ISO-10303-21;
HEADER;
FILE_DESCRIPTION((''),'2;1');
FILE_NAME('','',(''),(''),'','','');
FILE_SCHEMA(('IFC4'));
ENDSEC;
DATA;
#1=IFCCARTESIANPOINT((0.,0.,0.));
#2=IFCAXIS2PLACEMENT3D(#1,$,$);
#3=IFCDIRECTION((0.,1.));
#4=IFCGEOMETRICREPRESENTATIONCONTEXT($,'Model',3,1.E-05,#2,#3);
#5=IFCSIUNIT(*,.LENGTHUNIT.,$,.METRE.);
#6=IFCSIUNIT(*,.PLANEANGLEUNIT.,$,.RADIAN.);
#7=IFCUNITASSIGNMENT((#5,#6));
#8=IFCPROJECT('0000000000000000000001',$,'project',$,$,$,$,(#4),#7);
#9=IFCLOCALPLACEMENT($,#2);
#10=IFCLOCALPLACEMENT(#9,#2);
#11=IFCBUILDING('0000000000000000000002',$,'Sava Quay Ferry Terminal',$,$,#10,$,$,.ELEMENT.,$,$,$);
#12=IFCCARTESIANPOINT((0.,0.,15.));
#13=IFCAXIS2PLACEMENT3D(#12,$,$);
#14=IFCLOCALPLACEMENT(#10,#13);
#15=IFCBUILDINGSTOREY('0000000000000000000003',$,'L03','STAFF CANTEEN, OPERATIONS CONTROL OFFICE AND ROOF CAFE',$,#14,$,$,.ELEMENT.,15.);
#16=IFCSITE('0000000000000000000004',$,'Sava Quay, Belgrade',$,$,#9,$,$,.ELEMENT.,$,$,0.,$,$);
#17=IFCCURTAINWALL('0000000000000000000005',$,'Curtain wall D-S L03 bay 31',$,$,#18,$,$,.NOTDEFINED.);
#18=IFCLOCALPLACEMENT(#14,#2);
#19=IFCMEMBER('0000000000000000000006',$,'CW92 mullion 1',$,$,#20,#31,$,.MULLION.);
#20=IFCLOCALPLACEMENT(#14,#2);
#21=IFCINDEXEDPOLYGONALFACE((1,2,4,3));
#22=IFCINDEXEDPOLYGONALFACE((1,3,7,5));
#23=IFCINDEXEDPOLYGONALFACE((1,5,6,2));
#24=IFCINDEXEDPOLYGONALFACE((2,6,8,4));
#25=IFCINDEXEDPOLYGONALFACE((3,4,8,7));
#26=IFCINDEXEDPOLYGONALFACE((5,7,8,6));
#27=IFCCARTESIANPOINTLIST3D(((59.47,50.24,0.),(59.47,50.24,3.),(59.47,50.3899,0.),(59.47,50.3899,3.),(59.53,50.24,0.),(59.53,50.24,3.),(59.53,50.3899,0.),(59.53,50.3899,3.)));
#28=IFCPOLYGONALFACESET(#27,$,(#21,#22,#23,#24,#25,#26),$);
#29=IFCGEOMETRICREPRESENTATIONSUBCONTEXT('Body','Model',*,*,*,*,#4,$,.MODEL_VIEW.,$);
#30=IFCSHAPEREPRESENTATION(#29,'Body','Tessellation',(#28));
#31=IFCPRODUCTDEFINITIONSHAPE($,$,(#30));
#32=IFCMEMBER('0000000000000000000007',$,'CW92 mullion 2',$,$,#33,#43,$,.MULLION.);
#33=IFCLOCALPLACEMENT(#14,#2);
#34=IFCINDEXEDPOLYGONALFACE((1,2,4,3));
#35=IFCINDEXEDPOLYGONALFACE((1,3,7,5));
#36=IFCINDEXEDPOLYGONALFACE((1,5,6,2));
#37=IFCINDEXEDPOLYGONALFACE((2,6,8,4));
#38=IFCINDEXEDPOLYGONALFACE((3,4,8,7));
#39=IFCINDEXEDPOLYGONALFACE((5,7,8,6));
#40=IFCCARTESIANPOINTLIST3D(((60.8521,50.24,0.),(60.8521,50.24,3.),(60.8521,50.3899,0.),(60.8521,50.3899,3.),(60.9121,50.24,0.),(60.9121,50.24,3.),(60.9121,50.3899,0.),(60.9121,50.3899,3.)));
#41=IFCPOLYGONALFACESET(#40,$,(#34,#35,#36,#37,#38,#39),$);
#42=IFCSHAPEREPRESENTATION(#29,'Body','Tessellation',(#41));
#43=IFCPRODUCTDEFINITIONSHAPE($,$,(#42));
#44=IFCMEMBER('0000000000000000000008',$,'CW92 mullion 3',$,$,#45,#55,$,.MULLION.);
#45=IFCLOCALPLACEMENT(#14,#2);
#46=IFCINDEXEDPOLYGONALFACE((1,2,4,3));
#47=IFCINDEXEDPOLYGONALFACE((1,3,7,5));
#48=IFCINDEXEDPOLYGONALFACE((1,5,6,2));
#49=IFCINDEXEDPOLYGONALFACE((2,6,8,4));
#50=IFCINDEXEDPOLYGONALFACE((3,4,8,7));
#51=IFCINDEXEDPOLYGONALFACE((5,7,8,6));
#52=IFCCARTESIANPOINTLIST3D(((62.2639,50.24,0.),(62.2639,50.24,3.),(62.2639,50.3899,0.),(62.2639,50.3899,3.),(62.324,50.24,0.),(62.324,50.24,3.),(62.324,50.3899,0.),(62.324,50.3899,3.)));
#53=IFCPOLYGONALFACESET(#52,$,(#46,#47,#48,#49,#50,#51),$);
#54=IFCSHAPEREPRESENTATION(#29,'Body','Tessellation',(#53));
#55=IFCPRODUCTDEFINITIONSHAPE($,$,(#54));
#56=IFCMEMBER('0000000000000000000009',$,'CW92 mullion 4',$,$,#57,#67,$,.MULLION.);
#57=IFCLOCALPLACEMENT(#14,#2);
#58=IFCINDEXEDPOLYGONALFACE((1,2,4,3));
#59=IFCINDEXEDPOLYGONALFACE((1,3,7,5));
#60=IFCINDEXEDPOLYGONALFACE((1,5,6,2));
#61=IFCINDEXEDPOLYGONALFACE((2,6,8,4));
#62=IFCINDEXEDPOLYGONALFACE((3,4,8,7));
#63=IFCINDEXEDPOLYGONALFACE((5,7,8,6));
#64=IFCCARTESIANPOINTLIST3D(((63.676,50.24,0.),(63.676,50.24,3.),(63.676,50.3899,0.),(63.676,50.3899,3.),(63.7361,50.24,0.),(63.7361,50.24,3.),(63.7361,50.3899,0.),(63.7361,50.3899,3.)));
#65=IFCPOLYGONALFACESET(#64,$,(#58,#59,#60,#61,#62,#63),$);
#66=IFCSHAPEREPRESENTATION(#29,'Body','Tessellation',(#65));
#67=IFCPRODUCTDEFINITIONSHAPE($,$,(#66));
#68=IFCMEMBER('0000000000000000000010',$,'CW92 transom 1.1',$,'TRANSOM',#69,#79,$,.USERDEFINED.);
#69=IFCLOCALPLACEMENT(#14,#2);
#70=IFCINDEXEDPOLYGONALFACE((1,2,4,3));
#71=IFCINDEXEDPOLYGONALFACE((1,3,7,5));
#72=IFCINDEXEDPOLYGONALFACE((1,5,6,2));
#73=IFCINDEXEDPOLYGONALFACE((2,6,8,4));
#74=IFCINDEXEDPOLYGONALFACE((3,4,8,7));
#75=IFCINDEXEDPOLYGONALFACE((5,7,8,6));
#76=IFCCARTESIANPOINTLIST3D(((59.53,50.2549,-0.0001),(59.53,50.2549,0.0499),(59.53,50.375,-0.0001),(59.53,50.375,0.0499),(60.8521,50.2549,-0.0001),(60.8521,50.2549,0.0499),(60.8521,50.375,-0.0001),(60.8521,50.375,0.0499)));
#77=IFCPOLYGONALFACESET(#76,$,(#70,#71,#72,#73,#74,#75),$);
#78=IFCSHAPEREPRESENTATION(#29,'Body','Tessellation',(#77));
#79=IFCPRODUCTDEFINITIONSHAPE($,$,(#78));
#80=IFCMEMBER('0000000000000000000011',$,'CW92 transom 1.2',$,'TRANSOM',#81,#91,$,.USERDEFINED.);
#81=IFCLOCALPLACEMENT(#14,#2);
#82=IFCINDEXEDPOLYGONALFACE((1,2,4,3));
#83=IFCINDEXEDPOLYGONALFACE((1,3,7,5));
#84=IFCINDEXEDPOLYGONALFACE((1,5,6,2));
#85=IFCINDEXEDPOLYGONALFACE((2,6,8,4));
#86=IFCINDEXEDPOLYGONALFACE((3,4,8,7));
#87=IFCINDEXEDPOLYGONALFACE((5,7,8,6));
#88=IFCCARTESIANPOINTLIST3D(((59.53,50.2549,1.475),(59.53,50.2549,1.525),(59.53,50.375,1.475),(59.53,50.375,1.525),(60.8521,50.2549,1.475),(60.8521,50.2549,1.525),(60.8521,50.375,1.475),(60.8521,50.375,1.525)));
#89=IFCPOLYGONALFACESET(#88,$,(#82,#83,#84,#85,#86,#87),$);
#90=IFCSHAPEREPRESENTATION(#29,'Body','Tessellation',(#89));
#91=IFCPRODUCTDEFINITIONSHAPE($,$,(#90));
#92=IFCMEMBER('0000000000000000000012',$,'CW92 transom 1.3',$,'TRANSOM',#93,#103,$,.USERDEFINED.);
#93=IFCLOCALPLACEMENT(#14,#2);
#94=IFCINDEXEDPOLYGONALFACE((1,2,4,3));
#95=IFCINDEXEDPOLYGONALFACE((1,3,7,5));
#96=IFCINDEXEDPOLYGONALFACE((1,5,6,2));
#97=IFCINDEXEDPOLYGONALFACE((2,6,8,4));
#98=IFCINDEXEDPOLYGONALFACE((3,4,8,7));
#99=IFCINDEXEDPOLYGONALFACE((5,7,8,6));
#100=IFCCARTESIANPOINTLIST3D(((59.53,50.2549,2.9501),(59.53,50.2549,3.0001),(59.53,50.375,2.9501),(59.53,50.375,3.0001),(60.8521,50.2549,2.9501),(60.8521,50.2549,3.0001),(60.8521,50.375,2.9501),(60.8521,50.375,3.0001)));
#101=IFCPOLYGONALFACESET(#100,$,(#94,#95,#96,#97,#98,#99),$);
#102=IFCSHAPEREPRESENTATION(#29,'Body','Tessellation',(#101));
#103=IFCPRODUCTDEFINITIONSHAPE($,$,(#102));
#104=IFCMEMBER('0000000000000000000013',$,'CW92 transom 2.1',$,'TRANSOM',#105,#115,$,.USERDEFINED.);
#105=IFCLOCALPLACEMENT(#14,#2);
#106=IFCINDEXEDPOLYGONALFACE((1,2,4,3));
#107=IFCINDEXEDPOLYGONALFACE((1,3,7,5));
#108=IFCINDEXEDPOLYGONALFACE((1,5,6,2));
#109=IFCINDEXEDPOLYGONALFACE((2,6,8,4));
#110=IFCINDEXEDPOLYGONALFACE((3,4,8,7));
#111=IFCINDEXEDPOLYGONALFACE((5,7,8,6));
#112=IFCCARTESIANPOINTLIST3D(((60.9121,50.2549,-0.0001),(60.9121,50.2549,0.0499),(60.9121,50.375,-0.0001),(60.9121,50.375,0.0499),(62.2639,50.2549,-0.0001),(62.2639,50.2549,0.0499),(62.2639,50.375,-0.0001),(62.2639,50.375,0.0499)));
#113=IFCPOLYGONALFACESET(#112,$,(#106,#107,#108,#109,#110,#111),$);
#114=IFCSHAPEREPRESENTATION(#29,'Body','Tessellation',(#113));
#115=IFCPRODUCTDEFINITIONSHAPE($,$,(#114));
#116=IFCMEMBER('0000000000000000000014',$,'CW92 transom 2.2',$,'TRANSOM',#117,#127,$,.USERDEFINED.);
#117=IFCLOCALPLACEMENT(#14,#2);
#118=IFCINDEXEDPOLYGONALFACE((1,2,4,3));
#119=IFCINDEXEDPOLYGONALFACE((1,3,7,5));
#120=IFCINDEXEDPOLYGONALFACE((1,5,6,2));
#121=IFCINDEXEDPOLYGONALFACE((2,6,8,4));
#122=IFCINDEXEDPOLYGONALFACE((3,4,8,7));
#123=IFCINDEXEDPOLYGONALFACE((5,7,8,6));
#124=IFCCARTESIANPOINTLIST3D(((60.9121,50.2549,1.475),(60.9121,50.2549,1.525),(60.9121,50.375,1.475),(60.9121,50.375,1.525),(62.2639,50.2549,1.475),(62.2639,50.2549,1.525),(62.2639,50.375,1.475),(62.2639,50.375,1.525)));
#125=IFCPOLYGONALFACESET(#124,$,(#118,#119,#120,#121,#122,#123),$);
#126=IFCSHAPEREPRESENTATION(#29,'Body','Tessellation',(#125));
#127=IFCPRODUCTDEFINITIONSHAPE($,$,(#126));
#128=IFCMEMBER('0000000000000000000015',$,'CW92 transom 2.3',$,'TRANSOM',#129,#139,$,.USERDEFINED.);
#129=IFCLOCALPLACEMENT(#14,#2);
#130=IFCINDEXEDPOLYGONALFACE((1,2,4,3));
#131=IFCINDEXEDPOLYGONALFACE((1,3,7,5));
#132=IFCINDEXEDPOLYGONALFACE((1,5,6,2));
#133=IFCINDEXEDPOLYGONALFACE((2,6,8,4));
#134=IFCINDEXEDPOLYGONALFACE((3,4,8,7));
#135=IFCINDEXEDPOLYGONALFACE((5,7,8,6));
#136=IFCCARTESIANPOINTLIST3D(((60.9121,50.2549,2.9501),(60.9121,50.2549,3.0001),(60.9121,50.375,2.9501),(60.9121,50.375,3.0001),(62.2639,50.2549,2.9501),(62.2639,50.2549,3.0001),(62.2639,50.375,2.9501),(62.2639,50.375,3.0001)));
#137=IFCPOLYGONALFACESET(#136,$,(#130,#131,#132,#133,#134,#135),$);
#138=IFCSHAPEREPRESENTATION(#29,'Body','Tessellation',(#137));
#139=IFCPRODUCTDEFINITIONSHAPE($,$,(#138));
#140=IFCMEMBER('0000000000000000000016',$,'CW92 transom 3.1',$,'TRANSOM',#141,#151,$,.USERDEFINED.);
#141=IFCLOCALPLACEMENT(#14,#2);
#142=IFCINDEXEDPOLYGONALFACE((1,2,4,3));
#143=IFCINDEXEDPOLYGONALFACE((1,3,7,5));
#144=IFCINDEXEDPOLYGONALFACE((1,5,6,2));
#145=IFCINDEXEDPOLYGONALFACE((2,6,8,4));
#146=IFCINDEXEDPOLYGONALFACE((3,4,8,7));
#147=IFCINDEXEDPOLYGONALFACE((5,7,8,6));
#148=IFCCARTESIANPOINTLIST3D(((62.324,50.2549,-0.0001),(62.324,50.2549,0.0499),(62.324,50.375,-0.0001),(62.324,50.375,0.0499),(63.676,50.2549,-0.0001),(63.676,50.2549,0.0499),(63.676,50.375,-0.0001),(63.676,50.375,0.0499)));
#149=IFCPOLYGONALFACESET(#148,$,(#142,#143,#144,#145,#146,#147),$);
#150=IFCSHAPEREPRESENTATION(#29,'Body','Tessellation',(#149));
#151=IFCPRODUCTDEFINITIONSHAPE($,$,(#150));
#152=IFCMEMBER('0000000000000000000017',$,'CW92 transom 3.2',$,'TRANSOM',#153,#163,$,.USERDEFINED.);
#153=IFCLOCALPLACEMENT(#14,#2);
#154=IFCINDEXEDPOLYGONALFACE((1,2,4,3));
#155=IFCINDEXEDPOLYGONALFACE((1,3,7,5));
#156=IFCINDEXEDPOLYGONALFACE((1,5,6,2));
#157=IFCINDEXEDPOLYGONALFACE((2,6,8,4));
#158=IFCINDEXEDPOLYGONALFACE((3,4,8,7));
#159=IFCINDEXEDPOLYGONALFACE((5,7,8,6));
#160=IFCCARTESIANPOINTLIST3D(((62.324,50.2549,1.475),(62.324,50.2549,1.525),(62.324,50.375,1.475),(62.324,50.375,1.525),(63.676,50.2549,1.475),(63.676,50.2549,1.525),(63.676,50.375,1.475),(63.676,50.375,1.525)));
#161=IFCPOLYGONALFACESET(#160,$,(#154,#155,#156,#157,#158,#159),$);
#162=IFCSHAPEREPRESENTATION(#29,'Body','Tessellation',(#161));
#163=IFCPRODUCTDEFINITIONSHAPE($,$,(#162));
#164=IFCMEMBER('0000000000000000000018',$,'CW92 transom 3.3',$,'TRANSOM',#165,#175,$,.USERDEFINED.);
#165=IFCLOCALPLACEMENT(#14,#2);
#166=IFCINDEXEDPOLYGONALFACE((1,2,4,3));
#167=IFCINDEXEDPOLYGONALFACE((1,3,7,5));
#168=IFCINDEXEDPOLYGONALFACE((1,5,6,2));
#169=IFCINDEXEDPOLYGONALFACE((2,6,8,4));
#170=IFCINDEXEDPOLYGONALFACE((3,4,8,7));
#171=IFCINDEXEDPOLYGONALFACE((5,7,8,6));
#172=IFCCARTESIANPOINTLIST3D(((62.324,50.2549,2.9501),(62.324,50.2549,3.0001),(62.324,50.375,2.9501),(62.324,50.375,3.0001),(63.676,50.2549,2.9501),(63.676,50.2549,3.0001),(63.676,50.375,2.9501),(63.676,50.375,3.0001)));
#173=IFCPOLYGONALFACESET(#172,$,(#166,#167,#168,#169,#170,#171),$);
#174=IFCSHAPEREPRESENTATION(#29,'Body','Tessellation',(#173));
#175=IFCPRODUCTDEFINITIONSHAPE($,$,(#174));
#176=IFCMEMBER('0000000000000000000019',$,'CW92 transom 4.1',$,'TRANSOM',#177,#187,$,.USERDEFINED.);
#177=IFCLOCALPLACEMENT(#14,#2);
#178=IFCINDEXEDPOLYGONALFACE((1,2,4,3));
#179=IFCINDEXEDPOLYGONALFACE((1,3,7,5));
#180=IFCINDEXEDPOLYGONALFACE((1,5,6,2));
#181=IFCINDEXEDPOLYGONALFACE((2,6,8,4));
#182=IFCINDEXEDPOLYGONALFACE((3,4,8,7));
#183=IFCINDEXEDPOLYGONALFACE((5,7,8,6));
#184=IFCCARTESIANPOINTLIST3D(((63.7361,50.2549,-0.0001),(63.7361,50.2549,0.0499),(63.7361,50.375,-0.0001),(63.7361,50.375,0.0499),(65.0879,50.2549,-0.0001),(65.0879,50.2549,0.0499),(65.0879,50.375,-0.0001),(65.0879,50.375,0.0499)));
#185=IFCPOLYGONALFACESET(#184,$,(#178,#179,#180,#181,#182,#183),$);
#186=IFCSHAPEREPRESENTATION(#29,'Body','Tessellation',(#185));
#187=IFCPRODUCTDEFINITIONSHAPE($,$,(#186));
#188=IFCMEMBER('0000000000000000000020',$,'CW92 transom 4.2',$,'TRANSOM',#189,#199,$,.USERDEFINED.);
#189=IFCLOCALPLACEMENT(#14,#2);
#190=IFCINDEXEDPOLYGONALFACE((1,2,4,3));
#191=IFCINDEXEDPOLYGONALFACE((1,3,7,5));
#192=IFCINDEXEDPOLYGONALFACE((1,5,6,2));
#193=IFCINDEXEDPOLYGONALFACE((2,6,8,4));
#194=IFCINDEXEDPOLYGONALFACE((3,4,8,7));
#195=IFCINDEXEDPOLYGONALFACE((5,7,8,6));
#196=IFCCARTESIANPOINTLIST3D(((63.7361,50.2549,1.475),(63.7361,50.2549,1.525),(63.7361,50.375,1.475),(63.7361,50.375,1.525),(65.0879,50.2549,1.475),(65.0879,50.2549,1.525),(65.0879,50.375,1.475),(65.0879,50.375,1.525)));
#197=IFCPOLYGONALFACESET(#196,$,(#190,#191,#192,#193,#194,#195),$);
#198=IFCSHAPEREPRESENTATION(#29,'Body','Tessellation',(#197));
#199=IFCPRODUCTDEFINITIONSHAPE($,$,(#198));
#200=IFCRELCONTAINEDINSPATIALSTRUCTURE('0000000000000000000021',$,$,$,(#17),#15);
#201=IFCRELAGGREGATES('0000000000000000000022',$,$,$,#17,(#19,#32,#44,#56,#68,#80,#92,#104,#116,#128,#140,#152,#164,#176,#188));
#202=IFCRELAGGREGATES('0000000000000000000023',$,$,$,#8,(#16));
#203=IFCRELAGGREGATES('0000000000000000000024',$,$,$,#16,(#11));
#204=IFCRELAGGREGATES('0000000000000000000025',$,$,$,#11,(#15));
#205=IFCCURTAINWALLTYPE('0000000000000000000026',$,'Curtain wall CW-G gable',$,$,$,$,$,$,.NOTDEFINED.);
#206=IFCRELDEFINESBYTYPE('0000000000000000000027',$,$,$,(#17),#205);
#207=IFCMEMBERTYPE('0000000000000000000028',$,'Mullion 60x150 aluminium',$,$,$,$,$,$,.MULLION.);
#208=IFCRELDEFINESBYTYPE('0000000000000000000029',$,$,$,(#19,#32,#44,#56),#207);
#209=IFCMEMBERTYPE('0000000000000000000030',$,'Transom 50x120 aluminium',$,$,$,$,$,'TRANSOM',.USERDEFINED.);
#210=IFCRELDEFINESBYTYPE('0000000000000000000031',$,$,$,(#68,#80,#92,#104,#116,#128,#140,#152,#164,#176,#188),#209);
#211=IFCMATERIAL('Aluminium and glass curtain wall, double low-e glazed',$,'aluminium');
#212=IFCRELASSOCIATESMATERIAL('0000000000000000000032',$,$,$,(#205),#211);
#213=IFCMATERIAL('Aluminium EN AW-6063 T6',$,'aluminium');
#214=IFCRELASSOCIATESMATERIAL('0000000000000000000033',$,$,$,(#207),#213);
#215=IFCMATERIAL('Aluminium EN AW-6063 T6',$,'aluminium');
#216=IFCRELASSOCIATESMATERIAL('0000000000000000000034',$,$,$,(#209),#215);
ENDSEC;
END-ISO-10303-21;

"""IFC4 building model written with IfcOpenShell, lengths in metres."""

from ifc_helpers import new_model, si_unit, direction, frame, origin, origin_2d, place, context, subcontext, project, spatial, rectangle, extrude, material, material_profile, profile_set, type_object, element, aggregate, save


model = new_model("IFC4")

# Units and contexts
model_context = context("Model", 3, precision=1e-05, world=origin(), true_north=direction((0.0, 1.0)))
body_context = subcontext(model_context, "Body", "Model", "MODEL_VIEW")
ifc_project = project(units=[si_unit("LENGTHUNIT", "METRE"), si_unit("PLANEANGLEUNIT", "RADIAN")], contexts=[model_context])

# Site, building, storey
site_placement = place(None, origin())
site = spatial("IfcSite", under=ifc_project, at=site_placement, Name="Sava Quay, Belgrade", CompositionType="ELEMENT", RefElevation=0.0)
building_placement = place(site_placement, origin())
building = spatial("IfcBuilding", under=site, at=building_placement, Name="Sava Quay Ferry Terminal", CompositionType="ELEMENT")
storey_placement = place(building_placement, frame((0.0, 0.0, 15.0)))
storey = spatial("IfcBuildingStorey", under=building, at=storey_placement, Name="L03", Description="STAFF CANTEEN, OPERATIONS CONTROL OFFICE AND ROOF CAFE", CompositionType="ELEMENT", Elevation=15.0)

# Curtain wall, members
ifc_material_1 = material(Name="Aluminium and glass curtain wall, double low-e glazed", Category="aluminium")
curtain_wall_type = type_object("IfcCurtainWallType", Name="Curtain wall CW-G gable", PredefinedType="NOTDEFINED", material=ifc_material_1)
curtain_wall_placement = place(storey_placement, origin())
curtain_wall = element("IfcCurtainWall", 1, at=curtain_wall_placement, inside=storey, type_object=curtain_wall_type, Name="Curtain wall D-S L03 bay 31", PredefinedType="NOTDEFINED")
ifc_material_2 = material(Name="Aluminium EN AW-6063 T6", Category="aluminium")
ifc_material_profile_1 = material_profile(ifc_material_2, rectangle(XDim=0.1499, YDim=0.0601, at=origin_2d()), Name="Mullion 60x150 aluminium")
ifc_profile_set_1 = profile_set([ifc_material_profile_1], Name="Aluminium EN AW-6063 T6")
member_type_1 = type_object("IfcMemberType", Name="Mullion 60x150 aluminium", PredefinedType="MULLION", material=ifc_profile_set_1)
member_1_placement = place(storey_placement, frame((59.5, 50.3149, 0.0), z_axis=(0.0, 0.0, 1.0), x_axis=(0.0, 1.0, 0.0)))
member_1 = element("IfcMember", 2, at=member_1_placement, type_object=member_type_1, Name="CW92 mullion 1", PredefinedType="MULLION", context=body_context, shape_type="SweptSolid", body=[
    extrude(rectangle(XDim=0.1499, YDim=0.0601, at=origin_2d()), origin(), (0.0, 0.0, 1.0), 3.0),
])
member_2_placement = place(storey_placement, frame((60.8821, 50.3149, 0.0), z_axis=(0.0, 0.0, 1.0), x_axis=(0.0, 1.0, 0.0)))
member_2 = element("IfcMember", 3, at=member_2_placement, type_object=member_type_1, Name="CW92 mullion 2", PredefinedType="MULLION", context=body_context, shape_type="SweptSolid", body=[
    extrude(rectangle(XDim=0.1499, YDim=0.0601, at=origin_2d()), origin(), (0.0, 0.0, 1.0), 3.0),
])
member_3_placement = place(storey_placement, frame((62.2939, 50.3149, 0.0), z_axis=(0.0, 0.0, 1.0), x_axis=(0.0, 1.0, 0.0)))
member_3 = element("IfcMember", 4, at=member_3_placement, type_object=member_type_1, Name="CW92 mullion 3", PredefinedType="MULLION", context=body_context, shape_type="SweptSolid", body=[
    extrude(rectangle(XDim=0.1499, YDim=0.0601, at=origin_2d()), origin(), (0.0, 0.0, 1.0), 3.0),
])
member_4_placement = place(storey_placement, frame((63.7061, 50.3149, 0.0), z_axis=(0.0, 0.0, 1.0), x_axis=(0.0, 1.0, 0.0)))
member_4 = element("IfcMember", 5, at=member_4_placement, type_object=member_type_1, Name="CW92 mullion 4", PredefinedType="MULLION", context=body_context, shape_type="SweptSolid", body=[
    extrude(rectangle(XDim=0.1499, YDim=0.0601, at=origin_2d()), origin(), (0.0, 0.0, 1.0), 3.0),
])
ifc_material_3 = material(Name="Aluminium EN AW-6063 T6", Category="aluminium")
ifc_material_profile_2 = material_profile(ifc_material_3, rectangle(XDim=0.1201, YDim=0.05, at=origin_2d()), Name="Transom 50x120 aluminium")
ifc_profile_set_2 = profile_set([ifc_material_profile_2], Name="Aluminium EN AW-6063 T6")
member_type_2 = type_object("IfcMemberType", Name="Transom 50x120 aluminium", ElementType="TRANSOM", PredefinedType="USERDEFINED", material=ifc_profile_set_2)
member_5_placement = place(storey_placement, frame((59.53, 50.3149, 0.0249), z_axis=(1.0, 0.0, 0.0), x_axis=(0.0, 1.0, 0.0)))
member_5 = element("IfcMember", 6, at=member_5_placement, type_object=member_type_2, Name="CW92 transom 1.1", ObjectType="TRANSOM", PredefinedType="USERDEFINED", context=body_context, shape_type="SweptSolid", body=[
    extrude(rectangle(XDim=0.1201, YDim=0.05, at=origin_2d()), origin(), (0.0, 0.0, 1.0), 1.322),
])
member_6_placement = place(storey_placement, frame((59.53, 50.3149, 1.5), z_axis=(1.0, 0.0, 0.0), x_axis=(0.0, 1.0, 0.0)))
member_6 = element("IfcMember", 7, at=member_6_placement, type_object=member_type_2, Name="CW92 transom 1.2", ObjectType="TRANSOM", PredefinedType="USERDEFINED", context=body_context, shape_type="SweptSolid", body=[
    extrude(rectangle(XDim=0.1201, YDim=0.05, at=origin_2d()), origin(), (0.0, 0.0, 1.0), 1.322),
])
member_7_placement = place(storey_placement, frame((59.53, 50.3149, 2.9751), z_axis=(1.0, 0.0, 0.0), x_axis=(0.0, 1.0, 0.0)))
member_7 = element("IfcMember", 8, at=member_7_placement, type_object=member_type_2, Name="CW92 transom 1.3", ObjectType="TRANSOM", PredefinedType="USERDEFINED", context=body_context, shape_type="SweptSolid", body=[
    extrude(rectangle(XDim=0.1201, YDim=0.05, at=origin_2d()), origin(), (0.0, 0.0, 1.0), 1.322),
])
member_8_placement = place(storey_placement, frame((60.9121, 50.3149, 0.0249), z_axis=(1.0, 0.0, 0.0), x_axis=(0.0, 1.0, 0.0)))
member_8 = element("IfcMember", 9, at=member_8_placement, type_object=member_type_2, Name="CW92 transom 2.1", ObjectType="TRANSOM", PredefinedType="USERDEFINED", context=body_context, shape_type="SweptSolid", body=[
    extrude(rectangle(XDim=0.1201, YDim=0.05, at=origin_2d()), origin(), (0.0, 0.0, 1.0), 1.3518),
])
member_9_placement = place(storey_placement, frame((60.9121, 50.3149, 1.5), z_axis=(1.0, 0.0, 0.0), x_axis=(0.0, 1.0, 0.0)))
member_9 = element("IfcMember", 10, at=member_9_placement, type_object=member_type_2, Name="CW92 transom 2.2", ObjectType="TRANSOM", PredefinedType="USERDEFINED", context=body_context, shape_type="SweptSolid", body=[
    extrude(rectangle(XDim=0.1201, YDim=0.05, at=origin_2d()), origin(), (0.0, 0.0, 1.0), 1.3518),
])
member_10_placement = place(storey_placement, frame((60.9121, 50.3149, 2.9751), z_axis=(1.0, 0.0, 0.0), x_axis=(0.0, 1.0, 0.0)))
member_10 = element("IfcMember", 11, at=member_10_placement, type_object=member_type_2, Name="CW92 transom 2.3", ObjectType="TRANSOM", PredefinedType="USERDEFINED", context=body_context, shape_type="SweptSolid", body=[
    extrude(rectangle(XDim=0.1201, YDim=0.05, at=origin_2d()), origin(), (0.0, 0.0, 1.0), 1.3518),
])
member_11_placement = place(storey_placement, frame((62.324, 50.3149, 0.0249), z_axis=(1.0, 0.0, 0.0), x_axis=(0.0, 1.0, 0.0)))
member_11 = element("IfcMember", 12, at=member_11_placement, type_object=member_type_2, Name="CW92 transom 3.1", ObjectType="TRANSOM", PredefinedType="USERDEFINED", context=body_context, shape_type="SweptSolid", body=[
    extrude(rectangle(XDim=0.1201, YDim=0.05, at=origin_2d()), origin(), (0.0, 0.0, 1.0), 1.3521),
])
member_12_placement = place(storey_placement, frame((62.324, 50.3149, 1.5), z_axis=(1.0, 0.0, 0.0), x_axis=(0.0, 1.0, 0.0)))
member_12 = element("IfcMember", 13, at=member_12_placement, type_object=member_type_2, Name="CW92 transom 3.2", ObjectType="TRANSOM", PredefinedType="USERDEFINED", context=body_context, shape_type="SweptSolid", body=[
    extrude(rectangle(XDim=0.1201, YDim=0.05, at=origin_2d()), origin(), (0.0, 0.0, 1.0), 1.3521),
])
member_13_placement = place(storey_placement, frame((62.324, 50.3149, 2.9751), z_axis=(1.0, 0.0, 0.0), x_axis=(0.0, 1.0, 0.0)))
member_13 = element("IfcMember", 14, at=member_13_placement, type_object=member_type_2, Name="CW92 transom 3.3", ObjectType="TRANSOM", PredefinedType="USERDEFINED", context=body_context, shape_type="SweptSolid", body=[
    extrude(rectangle(XDim=0.1201, YDim=0.05, at=origin_2d()), origin(), (0.0, 0.0, 1.0), 1.3521),
])
member_14_placement = place(storey_placement, frame((63.7361, 50.3149, 0.0249), z_axis=(1.0, 0.0, 0.0), x_axis=(0.0, 1.0, 0.0)))
member_14 = element("IfcMember", 15, at=member_14_placement, type_object=member_type_2, Name="CW92 transom 4.1", ObjectType="TRANSOM", PredefinedType="USERDEFINED", context=body_context, shape_type="SweptSolid", body=[
    extrude(rectangle(XDim=0.1201, YDim=0.05, at=origin_2d()), origin(), (0.0, 0.0, 1.0), 1.3518),
])
member_15_placement = place(storey_placement, frame((63.7361, 50.3149, 1.5), z_axis=(1.0, 0.0, 0.0), x_axis=(0.0, 1.0, 0.0)))
member_15 = element("IfcMember", 16, at=member_15_placement, type_object=member_type_2, Name="CW92 transom 4.2", ObjectType="TRANSOM", PredefinedType="USERDEFINED", context=body_context, shape_type="SweptSolid", body=[
    extrude(rectangle(XDim=0.1201, YDim=0.05, at=origin_2d()), origin(), (0.0, 0.0, 1.0), 1.3518),
])
aggregate(curtain_wall, [member_1, member_2, member_3, member_4, member_5, member_6, member_7, member_8, member_9, member_10, member_11, member_12, member_13, member_14, member_15])

save(model, "model.ifc")
